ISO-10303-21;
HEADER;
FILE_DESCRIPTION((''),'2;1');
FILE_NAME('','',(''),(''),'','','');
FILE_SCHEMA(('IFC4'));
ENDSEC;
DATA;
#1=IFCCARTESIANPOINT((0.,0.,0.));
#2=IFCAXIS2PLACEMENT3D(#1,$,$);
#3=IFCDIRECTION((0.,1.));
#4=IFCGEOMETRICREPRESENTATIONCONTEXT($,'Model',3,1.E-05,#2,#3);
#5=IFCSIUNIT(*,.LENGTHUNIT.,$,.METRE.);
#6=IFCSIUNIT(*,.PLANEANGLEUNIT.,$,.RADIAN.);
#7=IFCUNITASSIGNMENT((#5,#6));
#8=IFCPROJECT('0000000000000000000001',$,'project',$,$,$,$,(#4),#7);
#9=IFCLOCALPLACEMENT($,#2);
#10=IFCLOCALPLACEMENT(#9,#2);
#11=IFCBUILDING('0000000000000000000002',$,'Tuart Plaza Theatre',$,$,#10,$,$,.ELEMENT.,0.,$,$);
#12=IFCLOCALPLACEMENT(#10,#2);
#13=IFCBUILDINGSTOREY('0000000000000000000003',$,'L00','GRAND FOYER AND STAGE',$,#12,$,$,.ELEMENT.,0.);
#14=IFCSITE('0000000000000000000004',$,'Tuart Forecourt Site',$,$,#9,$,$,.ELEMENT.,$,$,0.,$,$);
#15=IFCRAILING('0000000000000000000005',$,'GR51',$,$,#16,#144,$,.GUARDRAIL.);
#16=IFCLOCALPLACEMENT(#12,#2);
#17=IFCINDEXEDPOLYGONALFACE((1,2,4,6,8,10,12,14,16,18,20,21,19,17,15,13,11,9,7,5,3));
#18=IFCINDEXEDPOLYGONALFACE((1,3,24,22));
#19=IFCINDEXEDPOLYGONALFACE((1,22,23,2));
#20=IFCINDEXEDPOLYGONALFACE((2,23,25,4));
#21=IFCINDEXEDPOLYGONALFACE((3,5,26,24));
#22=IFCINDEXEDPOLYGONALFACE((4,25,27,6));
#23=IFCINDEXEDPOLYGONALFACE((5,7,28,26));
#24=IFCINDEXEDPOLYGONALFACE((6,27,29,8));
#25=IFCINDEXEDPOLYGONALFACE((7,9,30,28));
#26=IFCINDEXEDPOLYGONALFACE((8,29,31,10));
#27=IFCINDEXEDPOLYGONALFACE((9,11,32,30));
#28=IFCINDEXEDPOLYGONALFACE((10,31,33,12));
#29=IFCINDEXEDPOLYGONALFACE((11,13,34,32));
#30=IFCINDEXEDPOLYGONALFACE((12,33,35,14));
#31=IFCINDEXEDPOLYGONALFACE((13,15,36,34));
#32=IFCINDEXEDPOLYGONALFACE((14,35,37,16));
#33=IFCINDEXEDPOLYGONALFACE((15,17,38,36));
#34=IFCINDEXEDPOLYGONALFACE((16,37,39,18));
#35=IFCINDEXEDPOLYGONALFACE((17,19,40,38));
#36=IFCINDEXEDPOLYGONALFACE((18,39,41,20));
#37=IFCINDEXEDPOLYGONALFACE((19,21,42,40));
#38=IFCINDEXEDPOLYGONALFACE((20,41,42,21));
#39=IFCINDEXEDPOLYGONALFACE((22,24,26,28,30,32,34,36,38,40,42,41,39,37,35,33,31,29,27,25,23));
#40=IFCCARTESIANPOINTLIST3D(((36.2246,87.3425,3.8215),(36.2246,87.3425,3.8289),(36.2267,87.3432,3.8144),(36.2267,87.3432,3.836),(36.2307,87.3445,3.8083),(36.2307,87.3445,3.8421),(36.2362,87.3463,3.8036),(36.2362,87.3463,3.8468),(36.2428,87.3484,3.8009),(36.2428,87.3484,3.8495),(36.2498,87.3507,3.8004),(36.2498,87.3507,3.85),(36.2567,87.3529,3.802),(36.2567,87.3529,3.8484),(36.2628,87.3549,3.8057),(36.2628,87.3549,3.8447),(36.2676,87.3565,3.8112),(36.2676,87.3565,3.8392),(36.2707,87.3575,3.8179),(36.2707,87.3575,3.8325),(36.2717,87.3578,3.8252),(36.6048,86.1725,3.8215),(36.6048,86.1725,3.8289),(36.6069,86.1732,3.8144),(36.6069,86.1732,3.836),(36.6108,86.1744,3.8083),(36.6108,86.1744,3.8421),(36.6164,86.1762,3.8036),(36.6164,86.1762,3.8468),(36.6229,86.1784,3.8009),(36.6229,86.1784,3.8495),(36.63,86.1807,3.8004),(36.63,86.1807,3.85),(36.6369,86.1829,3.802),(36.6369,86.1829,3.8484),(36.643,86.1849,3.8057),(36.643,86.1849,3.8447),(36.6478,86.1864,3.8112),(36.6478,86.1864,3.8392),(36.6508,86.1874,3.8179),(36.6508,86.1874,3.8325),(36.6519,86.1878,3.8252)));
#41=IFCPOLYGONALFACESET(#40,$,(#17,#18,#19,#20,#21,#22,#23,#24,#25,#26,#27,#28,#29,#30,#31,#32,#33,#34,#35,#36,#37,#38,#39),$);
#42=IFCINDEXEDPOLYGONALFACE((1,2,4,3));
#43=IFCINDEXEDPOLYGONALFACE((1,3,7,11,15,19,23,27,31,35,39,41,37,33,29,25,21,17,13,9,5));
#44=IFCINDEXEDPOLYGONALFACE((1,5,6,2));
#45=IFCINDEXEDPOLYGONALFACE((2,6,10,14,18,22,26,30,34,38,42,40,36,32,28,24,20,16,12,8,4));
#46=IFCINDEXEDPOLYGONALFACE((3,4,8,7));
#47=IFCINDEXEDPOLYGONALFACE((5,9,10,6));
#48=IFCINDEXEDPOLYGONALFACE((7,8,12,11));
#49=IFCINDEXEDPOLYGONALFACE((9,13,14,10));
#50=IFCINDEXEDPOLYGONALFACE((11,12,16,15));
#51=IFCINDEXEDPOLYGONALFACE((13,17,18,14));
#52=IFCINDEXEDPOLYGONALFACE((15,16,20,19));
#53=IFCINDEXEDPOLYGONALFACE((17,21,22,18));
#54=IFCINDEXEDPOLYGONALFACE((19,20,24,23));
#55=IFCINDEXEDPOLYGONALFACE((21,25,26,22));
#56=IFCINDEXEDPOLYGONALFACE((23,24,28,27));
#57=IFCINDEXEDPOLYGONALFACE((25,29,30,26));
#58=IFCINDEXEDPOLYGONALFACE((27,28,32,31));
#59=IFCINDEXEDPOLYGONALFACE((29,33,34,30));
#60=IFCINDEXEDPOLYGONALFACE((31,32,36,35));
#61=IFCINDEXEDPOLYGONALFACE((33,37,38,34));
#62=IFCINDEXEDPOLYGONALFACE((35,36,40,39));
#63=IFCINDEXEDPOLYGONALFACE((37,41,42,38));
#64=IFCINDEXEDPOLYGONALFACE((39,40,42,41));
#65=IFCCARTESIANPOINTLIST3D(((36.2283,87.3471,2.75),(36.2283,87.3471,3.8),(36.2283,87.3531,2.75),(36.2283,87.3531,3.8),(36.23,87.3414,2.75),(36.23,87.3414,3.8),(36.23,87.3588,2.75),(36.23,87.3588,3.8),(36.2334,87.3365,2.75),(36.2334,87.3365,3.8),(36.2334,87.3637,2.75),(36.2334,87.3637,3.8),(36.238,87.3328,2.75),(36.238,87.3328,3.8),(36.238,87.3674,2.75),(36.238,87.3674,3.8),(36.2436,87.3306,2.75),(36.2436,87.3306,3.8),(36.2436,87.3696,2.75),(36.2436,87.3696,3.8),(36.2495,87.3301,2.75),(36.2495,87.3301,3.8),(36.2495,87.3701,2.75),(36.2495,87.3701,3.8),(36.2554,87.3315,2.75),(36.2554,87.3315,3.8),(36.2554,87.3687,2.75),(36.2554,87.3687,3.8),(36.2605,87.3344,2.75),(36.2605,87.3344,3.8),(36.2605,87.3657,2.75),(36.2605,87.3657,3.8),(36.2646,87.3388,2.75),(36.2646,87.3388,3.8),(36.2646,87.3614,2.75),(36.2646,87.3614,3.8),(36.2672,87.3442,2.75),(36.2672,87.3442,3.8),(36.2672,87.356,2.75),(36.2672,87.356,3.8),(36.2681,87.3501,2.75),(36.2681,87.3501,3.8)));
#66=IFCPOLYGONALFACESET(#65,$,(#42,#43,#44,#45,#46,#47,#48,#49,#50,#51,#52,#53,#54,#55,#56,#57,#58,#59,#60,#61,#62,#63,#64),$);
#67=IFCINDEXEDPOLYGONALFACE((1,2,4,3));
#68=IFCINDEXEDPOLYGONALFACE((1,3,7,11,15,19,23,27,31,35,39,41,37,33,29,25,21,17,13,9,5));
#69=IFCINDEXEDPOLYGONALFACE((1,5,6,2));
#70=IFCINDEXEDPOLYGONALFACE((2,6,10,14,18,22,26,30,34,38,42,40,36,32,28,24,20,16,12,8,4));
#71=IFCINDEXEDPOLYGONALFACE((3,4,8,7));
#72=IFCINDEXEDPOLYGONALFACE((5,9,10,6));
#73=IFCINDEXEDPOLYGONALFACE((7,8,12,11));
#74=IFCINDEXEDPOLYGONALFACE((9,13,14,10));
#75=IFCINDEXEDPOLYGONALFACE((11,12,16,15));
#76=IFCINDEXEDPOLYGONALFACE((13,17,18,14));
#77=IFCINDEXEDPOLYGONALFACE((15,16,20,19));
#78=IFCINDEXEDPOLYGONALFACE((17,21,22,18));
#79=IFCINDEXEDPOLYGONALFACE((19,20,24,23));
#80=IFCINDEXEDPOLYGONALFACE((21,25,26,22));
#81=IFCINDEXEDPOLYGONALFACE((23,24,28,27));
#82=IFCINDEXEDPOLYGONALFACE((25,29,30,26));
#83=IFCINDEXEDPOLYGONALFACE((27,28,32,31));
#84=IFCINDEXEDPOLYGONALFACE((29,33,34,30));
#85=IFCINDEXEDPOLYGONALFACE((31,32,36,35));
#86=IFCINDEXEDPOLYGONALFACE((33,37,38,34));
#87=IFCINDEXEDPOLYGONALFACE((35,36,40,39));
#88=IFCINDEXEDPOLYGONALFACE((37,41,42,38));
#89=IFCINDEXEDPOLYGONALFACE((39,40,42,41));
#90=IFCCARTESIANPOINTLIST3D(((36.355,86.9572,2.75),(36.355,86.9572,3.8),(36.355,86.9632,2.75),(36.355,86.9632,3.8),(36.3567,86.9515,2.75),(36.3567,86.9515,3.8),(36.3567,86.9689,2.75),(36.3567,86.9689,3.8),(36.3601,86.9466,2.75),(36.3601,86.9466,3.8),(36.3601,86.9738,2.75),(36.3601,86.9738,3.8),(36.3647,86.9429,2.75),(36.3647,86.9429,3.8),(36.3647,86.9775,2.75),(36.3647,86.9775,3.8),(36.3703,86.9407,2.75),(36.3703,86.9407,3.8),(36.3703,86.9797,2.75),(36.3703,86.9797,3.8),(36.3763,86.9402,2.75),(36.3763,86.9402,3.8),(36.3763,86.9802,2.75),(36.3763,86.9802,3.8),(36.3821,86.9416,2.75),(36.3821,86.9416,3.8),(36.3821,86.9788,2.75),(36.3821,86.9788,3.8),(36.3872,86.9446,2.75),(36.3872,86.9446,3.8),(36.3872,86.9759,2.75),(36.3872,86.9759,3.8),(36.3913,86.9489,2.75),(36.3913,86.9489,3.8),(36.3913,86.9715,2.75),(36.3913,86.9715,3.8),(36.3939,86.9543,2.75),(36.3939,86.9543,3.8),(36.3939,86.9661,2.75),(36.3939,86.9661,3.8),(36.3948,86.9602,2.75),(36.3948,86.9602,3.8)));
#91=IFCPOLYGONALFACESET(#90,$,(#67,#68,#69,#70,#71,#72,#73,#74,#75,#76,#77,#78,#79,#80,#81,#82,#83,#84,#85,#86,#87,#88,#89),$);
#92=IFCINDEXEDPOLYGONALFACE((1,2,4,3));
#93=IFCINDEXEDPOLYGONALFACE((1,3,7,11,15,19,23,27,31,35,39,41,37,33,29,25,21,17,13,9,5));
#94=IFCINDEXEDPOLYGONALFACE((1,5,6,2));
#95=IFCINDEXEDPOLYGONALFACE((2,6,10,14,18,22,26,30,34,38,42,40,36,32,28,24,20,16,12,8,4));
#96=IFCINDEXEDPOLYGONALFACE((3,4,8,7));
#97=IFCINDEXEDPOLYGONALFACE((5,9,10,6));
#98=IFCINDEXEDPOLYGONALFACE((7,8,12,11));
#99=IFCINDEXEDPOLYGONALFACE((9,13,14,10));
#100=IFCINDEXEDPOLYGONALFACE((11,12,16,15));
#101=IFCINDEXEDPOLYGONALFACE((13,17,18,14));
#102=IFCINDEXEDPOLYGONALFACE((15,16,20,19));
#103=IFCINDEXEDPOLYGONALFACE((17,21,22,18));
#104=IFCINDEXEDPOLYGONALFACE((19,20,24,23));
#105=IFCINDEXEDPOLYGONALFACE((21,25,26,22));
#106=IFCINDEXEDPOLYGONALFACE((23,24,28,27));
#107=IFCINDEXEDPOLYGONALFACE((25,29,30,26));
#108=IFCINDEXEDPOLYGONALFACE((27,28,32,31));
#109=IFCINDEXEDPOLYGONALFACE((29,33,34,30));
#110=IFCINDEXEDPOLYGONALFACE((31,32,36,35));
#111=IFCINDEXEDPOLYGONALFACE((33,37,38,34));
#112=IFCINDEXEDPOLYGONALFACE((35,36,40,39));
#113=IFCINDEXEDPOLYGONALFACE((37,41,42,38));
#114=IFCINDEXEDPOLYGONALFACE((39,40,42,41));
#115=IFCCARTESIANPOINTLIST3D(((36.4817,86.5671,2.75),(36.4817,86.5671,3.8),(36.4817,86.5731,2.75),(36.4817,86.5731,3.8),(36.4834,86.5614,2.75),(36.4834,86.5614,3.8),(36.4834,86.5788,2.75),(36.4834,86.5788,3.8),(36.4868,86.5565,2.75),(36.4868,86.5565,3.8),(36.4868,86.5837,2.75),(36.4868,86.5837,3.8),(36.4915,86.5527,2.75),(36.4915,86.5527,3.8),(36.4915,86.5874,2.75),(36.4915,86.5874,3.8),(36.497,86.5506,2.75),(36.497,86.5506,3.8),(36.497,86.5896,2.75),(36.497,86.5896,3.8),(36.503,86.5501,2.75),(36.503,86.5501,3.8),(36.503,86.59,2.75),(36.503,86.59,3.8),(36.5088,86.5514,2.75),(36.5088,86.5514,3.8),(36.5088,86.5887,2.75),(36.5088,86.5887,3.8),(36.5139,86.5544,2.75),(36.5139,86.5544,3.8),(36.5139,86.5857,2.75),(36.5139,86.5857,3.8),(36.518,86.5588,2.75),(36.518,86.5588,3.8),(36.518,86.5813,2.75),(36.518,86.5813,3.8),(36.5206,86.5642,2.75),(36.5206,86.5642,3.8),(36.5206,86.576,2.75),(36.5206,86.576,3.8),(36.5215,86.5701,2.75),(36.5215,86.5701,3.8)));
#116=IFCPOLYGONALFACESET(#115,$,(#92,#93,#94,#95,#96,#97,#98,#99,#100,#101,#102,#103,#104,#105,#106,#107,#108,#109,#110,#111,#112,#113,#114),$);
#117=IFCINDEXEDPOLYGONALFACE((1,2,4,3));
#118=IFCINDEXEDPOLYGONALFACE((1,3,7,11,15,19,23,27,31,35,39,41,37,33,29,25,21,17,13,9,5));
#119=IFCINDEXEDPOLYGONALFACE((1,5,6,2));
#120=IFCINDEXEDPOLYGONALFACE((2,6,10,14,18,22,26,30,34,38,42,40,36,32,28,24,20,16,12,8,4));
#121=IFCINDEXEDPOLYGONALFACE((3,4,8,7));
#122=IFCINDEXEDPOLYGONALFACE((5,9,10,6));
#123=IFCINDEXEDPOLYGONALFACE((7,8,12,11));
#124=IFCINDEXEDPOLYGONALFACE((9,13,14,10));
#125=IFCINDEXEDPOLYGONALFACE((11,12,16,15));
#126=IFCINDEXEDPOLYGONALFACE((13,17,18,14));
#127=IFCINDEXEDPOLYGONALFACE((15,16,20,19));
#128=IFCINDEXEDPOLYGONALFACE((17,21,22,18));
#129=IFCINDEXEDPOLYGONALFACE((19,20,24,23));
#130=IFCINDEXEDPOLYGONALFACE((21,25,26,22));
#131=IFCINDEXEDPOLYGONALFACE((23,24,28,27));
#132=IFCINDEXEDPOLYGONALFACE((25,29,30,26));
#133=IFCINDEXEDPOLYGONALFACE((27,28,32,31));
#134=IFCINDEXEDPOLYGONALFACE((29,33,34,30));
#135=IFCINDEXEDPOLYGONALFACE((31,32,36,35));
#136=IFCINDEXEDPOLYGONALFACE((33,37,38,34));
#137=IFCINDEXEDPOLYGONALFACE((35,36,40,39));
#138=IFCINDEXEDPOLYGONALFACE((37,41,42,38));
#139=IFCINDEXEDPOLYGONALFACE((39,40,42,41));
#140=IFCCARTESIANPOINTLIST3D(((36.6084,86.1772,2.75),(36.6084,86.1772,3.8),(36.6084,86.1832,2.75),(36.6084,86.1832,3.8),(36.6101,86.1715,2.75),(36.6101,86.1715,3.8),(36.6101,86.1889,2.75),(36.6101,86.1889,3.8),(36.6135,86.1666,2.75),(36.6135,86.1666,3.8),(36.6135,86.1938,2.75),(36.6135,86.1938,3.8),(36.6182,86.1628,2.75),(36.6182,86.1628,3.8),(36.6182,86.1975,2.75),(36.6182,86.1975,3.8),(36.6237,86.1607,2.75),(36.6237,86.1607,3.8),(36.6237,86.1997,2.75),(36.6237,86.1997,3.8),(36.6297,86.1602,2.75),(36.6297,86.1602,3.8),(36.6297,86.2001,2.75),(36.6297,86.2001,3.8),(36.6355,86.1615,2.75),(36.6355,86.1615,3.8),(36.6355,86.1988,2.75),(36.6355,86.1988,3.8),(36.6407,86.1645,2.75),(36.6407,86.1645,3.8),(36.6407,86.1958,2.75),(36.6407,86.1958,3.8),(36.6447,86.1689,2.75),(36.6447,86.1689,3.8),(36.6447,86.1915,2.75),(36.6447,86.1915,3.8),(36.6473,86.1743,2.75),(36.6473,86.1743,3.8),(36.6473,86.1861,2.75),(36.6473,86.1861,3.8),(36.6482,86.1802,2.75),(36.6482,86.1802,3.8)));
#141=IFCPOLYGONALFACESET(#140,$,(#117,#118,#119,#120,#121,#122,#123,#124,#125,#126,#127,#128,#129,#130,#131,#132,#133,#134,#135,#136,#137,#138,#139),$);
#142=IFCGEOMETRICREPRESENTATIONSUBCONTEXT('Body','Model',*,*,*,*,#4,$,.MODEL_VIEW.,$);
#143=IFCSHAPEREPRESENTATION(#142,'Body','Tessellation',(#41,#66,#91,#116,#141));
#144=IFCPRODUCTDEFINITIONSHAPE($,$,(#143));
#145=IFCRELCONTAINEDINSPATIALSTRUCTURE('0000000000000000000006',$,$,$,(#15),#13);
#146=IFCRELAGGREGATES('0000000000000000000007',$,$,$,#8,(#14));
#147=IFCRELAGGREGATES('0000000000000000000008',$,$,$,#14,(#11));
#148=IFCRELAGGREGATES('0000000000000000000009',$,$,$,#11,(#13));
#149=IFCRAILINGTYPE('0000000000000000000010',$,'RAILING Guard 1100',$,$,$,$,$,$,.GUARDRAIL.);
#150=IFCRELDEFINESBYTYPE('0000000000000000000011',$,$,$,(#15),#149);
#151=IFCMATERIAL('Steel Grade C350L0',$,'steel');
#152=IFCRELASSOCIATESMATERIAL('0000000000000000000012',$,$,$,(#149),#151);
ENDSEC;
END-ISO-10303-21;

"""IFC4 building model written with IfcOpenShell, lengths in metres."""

from ifc_helpers import new_model, si_unit, direction, frame, origin, origin_2d, place, context, subcontext, project, spatial, circle, extrude, material, type_object, element, save


model = new_model("IFC4")

# Units and contexts
model_context = context("Model", 3, precision=1e-05, world=origin(), true_north=direction((0.0, 1.0)))
body_context = subcontext(model_context, "Body", "Model", "MODEL_VIEW")
ifc_project = project(units=[si_unit("LENGTHUNIT", "METRE"), si_unit("PLANEANGLEUNIT", "RADIAN")], contexts=[model_context])

# Site, building, storey
site_placement = place(None, origin())
site = spatial("IfcSite", under=ifc_project, at=site_placement, Name="Tuart Forecourt Site", CompositionType="ELEMENT", RefElevation=0.0)
building_placement = place(site_placement, origin())
building = spatial("IfcBuilding", under=site, at=building_placement, Name="Tuart Plaza Theatre", CompositionType="ELEMENT", ElevationOfRefHeight=0.0)
storey_placement = place(building_placement, origin())
storey = spatial("IfcBuildingStorey", under=building, at=storey_placement, Name="L00", Description="GRAND FOYER AND STAGE", CompositionType="ELEMENT", Elevation=0.0)

# Railing
ifc_material_1 = material(Name="Steel Grade C350L0", Category="steel")
railing_type_1 = type_object("IfcRailingType", Name="RAILING Guard 1100", PredefinedType="GUARDRAIL", material=ifc_material_1)
railing_1_placement = place(storey_placement, frame((36.248, 87.3501, 2.75)))
element("IfcRailing", 1, at=railing_1_placement, inside=storey, type_object=railing_type_1, Name="GR51", PredefinedType="GUARDRAIL", context=body_context, shape_type="SweptSolid", body=[
    extrude(circle(Radius=0.0249, at=origin_2d()), frame((0.0, 0.0, 1.0752), z_axis=(0.309014, -0.951057, 0.0), x_axis=(0.951057, 0.309014, 0.0)), (0.0, 0.0, 1.0), 1.2302),
    extrude(circle(Radius=0.02, at=origin_2d()), origin(), (0.0, 0.0, 1.0), 1.05),
    extrude(circle(Radius=0.02, at=origin_2d()), frame((0.1267, -0.3899, 0.0)), (0.0, 0.0, 1.0), 1.05),
    extrude(circle(Radius=0.02, at=origin_2d()), frame((0.2534, -0.78, 0.0)), (0.0, 0.0, 1.0), 1.05),
    extrude(circle(Radius=0.02, at=origin_2d()), frame((0.3801, -1.1699, 0.0)), (0.0, 0.0, 1.0), 1.05),
])

save(model, "model.ifc")
